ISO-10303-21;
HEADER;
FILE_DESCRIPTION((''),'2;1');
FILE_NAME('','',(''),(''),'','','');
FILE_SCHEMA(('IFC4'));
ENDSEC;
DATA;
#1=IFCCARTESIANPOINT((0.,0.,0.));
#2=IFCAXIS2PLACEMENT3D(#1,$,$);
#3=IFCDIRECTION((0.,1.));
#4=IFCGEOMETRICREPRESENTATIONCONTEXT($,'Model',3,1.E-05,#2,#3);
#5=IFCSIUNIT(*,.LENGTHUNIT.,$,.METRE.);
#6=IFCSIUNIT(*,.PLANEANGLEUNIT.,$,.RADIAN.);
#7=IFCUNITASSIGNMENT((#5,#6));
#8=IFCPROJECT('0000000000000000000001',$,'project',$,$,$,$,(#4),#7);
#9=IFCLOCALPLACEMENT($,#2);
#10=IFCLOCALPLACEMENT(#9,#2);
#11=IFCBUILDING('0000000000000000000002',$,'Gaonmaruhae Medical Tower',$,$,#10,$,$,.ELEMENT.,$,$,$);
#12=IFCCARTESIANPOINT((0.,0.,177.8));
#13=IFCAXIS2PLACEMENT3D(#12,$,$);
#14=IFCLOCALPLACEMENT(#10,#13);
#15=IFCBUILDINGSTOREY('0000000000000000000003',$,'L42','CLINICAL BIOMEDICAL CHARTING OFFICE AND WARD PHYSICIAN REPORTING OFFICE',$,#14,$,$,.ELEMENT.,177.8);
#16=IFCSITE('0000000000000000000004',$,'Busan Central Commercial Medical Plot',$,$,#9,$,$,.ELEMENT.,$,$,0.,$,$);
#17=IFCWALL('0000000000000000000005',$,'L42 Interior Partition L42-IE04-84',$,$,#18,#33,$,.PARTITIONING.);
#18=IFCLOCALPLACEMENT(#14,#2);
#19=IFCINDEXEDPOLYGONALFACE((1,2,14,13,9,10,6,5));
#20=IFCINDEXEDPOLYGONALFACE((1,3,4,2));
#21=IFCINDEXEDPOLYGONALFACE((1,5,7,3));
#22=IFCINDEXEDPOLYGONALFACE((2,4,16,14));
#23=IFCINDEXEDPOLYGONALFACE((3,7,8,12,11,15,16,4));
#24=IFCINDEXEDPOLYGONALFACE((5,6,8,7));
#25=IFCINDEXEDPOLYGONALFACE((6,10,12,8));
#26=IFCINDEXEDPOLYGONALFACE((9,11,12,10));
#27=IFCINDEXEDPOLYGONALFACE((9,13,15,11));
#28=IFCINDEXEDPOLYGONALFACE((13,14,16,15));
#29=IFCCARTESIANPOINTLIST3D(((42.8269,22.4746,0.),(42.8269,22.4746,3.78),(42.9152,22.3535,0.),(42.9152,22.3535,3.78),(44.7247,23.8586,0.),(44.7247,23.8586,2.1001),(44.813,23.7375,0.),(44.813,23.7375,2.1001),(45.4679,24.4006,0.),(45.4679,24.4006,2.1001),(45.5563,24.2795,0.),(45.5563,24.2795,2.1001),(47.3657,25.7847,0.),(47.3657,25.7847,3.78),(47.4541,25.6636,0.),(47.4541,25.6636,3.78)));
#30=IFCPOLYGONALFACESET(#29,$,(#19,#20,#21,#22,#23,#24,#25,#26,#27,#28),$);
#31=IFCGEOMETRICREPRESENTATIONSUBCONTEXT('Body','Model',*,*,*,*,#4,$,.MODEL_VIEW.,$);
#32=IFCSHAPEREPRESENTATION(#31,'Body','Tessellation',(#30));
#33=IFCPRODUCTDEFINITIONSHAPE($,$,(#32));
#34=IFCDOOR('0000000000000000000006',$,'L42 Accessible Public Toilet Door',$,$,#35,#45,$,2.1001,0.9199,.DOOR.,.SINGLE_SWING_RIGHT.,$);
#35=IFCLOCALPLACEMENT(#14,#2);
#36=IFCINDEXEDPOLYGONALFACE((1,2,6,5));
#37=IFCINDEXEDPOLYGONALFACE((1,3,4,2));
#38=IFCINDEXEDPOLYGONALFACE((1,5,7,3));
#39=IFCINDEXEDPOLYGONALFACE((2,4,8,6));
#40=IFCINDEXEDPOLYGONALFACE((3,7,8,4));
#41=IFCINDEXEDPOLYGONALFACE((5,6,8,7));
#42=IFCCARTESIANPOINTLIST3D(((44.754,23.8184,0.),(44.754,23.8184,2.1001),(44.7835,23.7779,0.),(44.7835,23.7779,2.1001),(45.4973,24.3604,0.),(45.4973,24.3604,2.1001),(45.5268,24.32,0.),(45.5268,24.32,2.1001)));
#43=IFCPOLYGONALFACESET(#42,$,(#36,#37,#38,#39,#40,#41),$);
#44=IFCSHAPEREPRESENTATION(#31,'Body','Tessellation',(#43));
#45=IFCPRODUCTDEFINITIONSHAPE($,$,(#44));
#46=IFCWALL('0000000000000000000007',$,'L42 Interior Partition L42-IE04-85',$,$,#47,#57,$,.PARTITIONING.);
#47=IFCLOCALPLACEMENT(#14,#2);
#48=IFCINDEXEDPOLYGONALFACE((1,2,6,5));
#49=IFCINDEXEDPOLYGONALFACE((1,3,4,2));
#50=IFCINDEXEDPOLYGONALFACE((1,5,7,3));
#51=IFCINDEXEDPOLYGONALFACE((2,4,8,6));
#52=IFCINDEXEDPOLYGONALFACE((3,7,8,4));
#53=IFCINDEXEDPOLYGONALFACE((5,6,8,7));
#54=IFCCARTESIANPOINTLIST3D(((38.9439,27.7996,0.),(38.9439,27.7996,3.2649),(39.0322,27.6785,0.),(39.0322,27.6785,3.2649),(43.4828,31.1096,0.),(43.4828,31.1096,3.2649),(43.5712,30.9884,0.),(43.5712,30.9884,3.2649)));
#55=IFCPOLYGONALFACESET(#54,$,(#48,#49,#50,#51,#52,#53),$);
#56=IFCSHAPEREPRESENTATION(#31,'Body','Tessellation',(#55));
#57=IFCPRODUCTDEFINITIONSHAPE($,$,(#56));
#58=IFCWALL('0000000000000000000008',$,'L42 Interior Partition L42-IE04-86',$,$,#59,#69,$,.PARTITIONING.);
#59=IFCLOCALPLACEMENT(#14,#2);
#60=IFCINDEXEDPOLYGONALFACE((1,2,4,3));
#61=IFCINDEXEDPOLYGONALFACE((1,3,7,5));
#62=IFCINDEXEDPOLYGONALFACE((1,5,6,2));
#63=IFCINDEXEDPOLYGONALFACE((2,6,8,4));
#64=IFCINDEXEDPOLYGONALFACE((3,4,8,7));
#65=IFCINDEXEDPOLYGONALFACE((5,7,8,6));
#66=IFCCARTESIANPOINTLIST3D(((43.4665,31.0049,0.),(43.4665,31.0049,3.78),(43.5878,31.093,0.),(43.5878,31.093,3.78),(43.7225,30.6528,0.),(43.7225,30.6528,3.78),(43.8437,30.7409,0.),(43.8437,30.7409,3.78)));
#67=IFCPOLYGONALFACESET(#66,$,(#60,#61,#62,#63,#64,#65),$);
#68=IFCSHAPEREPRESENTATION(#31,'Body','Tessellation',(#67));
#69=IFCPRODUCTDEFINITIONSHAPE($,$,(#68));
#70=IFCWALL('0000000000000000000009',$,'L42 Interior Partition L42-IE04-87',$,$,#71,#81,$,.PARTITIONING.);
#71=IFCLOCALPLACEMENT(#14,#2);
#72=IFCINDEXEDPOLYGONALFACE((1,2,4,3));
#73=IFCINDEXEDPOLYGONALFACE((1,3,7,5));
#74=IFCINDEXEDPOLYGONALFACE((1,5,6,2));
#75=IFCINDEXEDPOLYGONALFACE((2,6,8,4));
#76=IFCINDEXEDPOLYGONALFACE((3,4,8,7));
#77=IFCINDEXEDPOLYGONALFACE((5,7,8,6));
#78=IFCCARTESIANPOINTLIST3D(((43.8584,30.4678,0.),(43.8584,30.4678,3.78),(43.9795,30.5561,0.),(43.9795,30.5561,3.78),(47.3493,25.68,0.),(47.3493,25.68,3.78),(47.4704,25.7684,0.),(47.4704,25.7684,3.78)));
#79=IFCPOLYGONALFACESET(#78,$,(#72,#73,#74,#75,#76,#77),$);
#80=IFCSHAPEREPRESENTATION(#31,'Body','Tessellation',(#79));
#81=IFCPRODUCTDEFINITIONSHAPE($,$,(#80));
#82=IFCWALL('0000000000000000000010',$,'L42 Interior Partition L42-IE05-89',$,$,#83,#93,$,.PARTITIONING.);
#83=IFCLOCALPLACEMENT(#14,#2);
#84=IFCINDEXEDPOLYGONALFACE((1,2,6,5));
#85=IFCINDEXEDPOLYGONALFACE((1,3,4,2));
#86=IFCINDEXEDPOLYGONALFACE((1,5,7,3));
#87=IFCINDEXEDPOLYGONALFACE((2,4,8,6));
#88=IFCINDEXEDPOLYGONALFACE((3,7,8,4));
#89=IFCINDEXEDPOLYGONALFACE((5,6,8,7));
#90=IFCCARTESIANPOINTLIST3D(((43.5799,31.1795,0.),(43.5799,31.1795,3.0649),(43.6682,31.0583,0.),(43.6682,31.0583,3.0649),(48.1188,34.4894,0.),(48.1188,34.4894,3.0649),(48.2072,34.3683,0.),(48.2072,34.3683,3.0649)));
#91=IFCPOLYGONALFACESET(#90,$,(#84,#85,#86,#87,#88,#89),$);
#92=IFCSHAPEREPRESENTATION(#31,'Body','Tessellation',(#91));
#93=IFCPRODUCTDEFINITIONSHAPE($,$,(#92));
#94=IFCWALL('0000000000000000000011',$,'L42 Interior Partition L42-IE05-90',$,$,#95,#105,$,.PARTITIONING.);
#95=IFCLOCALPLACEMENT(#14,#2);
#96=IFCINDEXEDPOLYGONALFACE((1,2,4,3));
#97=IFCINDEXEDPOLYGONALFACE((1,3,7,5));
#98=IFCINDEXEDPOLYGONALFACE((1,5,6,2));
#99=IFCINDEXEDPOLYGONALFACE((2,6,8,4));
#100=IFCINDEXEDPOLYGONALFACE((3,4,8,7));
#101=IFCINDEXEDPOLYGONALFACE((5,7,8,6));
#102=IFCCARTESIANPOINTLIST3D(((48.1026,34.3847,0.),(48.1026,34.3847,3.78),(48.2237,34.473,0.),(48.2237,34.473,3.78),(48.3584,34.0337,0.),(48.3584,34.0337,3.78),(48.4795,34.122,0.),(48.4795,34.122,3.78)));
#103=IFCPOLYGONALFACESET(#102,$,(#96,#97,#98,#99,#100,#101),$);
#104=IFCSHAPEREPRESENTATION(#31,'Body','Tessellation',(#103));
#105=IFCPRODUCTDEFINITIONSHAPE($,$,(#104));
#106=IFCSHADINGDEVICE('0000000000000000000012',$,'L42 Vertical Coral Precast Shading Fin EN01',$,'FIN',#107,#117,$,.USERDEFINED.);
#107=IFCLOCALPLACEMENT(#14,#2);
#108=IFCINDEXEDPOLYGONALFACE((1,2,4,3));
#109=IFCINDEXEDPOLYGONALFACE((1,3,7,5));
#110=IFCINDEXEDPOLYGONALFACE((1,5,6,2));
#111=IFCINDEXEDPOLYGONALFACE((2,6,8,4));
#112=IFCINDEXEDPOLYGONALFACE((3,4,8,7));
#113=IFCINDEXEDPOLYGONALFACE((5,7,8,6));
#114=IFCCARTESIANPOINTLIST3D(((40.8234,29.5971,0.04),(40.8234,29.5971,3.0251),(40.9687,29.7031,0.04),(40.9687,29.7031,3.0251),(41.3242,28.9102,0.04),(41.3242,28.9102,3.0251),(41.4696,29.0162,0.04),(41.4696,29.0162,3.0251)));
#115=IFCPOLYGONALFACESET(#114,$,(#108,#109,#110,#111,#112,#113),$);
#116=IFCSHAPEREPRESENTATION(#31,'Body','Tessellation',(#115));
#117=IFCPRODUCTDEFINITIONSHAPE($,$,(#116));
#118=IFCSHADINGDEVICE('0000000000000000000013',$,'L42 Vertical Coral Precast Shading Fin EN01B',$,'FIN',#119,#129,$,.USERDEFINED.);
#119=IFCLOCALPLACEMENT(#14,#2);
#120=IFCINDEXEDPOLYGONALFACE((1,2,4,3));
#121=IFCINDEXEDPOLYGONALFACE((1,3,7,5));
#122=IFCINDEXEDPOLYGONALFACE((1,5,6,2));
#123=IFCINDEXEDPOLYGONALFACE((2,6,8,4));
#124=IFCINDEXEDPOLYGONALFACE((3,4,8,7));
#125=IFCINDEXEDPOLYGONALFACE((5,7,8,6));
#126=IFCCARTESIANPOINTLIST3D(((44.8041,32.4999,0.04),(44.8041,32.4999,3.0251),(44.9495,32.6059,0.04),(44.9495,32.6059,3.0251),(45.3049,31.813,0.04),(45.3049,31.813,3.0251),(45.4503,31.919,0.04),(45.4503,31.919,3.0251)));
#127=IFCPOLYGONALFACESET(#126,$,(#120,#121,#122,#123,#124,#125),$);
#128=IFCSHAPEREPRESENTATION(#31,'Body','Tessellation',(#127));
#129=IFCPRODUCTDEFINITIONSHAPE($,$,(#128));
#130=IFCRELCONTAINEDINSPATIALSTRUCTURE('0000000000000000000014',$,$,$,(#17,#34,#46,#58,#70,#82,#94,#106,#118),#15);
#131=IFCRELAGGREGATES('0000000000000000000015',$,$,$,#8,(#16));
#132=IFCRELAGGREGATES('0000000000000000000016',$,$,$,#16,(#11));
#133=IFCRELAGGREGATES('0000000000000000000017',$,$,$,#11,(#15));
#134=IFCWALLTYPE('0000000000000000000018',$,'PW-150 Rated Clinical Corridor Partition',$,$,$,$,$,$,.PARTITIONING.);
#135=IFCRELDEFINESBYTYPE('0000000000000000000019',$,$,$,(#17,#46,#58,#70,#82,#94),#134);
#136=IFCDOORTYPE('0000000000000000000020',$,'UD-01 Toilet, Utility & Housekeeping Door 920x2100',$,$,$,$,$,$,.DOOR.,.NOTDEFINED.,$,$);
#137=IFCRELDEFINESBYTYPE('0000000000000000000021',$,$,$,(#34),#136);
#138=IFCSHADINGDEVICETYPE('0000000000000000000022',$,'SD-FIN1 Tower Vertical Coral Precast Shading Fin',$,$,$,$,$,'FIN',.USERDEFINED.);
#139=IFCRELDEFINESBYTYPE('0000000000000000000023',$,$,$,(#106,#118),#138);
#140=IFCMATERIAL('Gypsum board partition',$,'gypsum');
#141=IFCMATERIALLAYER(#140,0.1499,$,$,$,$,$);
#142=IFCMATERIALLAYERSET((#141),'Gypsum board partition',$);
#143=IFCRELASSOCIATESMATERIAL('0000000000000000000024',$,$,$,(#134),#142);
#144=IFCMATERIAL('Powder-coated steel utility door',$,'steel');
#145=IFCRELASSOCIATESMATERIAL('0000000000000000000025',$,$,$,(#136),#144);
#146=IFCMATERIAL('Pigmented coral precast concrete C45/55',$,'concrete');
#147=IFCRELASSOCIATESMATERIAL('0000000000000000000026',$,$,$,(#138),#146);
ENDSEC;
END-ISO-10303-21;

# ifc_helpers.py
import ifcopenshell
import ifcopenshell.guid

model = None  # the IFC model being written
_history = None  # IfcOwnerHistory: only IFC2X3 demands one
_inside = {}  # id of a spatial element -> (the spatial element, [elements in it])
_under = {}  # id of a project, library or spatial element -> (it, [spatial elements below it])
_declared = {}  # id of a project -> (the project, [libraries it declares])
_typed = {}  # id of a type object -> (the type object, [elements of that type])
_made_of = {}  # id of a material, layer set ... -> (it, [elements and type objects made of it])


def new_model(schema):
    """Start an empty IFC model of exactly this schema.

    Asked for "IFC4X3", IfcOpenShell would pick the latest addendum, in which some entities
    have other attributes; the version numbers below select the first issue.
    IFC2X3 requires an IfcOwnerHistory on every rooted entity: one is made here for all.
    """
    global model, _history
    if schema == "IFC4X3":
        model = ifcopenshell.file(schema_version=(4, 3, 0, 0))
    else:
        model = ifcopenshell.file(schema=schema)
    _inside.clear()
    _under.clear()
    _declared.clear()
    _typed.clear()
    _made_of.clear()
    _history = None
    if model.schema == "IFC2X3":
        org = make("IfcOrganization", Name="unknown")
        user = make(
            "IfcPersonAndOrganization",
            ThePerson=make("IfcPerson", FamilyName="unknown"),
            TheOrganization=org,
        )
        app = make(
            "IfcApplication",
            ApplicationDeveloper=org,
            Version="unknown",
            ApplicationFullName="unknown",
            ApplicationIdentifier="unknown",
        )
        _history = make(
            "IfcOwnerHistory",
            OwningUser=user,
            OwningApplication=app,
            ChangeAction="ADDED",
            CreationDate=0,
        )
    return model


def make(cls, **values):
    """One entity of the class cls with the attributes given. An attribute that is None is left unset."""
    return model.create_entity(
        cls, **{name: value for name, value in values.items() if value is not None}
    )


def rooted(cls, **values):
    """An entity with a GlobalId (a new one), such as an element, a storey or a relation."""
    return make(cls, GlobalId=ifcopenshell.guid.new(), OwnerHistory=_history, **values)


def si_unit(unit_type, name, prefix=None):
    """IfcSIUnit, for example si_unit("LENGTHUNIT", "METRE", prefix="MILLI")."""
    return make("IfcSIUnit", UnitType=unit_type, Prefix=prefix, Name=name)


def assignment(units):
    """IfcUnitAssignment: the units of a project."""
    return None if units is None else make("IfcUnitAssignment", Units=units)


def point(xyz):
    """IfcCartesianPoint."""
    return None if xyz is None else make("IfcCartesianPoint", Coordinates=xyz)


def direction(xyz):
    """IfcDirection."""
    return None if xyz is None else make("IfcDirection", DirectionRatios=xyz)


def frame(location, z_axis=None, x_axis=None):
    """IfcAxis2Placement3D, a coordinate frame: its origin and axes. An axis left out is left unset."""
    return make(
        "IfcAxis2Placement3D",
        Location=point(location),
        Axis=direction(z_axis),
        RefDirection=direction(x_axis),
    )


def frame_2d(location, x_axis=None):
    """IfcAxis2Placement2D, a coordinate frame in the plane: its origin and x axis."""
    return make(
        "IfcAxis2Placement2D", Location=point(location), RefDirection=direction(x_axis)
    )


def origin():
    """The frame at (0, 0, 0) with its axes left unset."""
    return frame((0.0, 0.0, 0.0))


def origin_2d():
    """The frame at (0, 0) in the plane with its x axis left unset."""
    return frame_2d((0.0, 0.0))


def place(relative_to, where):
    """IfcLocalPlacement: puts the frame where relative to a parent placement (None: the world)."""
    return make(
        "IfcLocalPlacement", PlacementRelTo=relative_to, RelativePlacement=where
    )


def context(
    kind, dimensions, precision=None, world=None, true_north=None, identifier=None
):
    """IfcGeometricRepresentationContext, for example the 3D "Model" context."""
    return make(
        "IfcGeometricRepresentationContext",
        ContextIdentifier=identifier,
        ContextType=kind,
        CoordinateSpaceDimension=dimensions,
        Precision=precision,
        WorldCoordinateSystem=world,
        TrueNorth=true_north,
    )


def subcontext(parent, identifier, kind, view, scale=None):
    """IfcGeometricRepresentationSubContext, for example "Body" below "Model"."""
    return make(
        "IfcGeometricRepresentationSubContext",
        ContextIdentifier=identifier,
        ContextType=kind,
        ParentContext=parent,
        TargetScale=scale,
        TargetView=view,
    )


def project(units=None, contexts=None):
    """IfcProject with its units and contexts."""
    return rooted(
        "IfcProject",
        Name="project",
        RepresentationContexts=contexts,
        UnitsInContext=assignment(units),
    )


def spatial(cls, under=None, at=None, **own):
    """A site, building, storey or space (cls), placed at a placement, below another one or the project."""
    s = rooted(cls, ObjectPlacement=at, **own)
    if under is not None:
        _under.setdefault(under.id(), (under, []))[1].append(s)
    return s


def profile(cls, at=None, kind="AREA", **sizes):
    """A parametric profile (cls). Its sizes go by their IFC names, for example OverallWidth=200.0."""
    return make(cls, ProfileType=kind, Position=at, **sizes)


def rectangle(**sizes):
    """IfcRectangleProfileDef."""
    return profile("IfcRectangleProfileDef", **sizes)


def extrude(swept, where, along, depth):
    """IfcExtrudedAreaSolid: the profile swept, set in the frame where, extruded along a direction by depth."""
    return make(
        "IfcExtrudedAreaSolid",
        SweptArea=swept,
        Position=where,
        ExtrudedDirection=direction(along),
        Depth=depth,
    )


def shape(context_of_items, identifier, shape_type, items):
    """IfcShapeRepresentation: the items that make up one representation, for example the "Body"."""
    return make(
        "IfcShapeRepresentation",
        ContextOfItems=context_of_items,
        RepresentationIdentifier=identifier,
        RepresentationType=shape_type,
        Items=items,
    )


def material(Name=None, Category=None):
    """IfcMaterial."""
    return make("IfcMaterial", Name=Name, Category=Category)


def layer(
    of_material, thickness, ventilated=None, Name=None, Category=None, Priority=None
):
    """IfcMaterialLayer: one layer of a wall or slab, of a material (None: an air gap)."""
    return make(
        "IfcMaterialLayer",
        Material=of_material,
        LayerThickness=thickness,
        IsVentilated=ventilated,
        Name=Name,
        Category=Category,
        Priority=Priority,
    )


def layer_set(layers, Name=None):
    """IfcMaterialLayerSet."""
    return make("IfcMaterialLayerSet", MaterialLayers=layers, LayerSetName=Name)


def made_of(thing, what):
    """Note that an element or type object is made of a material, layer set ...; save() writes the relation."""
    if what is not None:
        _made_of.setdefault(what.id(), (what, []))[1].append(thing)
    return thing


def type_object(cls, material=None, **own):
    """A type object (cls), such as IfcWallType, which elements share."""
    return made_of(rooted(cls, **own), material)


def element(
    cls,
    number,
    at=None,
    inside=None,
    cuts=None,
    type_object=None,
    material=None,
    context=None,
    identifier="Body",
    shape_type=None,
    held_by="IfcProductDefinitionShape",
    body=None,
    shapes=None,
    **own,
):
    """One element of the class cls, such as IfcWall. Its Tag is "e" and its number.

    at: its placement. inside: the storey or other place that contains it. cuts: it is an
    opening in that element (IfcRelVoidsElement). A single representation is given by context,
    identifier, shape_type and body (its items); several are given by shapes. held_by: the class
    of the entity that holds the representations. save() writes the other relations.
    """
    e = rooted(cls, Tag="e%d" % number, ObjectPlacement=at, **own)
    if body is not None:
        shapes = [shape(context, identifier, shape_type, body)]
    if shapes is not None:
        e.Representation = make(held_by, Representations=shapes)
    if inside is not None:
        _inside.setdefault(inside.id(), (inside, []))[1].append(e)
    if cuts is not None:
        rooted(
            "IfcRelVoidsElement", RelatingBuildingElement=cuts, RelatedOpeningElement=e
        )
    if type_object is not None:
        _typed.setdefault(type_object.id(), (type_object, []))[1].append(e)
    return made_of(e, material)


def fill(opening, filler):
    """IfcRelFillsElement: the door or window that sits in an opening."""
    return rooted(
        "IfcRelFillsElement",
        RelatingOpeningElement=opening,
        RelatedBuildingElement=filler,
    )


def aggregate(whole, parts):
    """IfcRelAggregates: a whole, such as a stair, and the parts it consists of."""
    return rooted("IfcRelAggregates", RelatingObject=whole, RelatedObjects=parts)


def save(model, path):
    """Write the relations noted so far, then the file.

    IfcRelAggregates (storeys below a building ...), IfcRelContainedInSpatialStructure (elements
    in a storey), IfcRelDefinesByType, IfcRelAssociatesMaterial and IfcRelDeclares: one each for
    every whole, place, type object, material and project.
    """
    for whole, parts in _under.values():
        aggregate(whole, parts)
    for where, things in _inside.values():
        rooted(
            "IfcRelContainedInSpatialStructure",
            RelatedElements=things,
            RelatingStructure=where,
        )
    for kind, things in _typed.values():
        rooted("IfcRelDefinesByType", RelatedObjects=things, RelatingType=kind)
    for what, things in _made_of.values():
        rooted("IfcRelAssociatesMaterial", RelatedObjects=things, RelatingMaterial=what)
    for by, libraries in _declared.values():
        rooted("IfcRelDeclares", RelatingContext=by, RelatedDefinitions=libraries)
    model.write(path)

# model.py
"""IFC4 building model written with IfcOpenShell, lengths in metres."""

from ifc_helpers import new_model, si_unit, direction, frame, frame_2d, origin, origin_2d, place, context, subcontext, project, spatial, rectangle, extrude, material, layer, layer_set, type_object, element, fill, save


model = new_model("IFC4")

# Units and contexts
model_context = context("Model", 3, precision=1e-05, world=origin(), true_north=direction((0.0, 1.0)))
body_context = subcontext(model_context, "Body", "Model", "MODEL_VIEW")
ifc_project = project(units=[si_unit("LENGTHUNIT", "METRE"), si_unit("PLANEANGLEUNIT", "RADIAN")], contexts=[model_context])

# Site, building, storey
site_placement = place(None, origin())
site = spatial("IfcSite", under=ifc_project, at=site_placement, Name="Busan Central Commercial Medical Plot", CompositionType="ELEMENT", RefElevation=0.0)
building_placement = place(site_placement, origin())
building = spatial("IfcBuilding", under=site, at=building_placement, Name="Gaonmaruhae Medical Tower", CompositionType="ELEMENT")
storey_placement = place(building_placement, frame((0.0, 0.0, 177.8)))
storey = spatial("IfcBuildingStorey", under=building, at=storey_placement, Name="L42", Description="CLINICAL BIOMEDICAL CHARTING OFFICE AND WARD PHYSICIAN REPORTING OFFICE", CompositionType="ELEMENT", Elevation=177.8)

# Shared definitions
ifc_material_1 = material(Name="Gypsum board partition", Category="gypsum")
ifc_layer_1 = layer(ifc_material_1, 0.1499)
ifc_layer_set_1 = layer_set([ifc_layer_1], Name="Gypsum board partition")
wall_type_1 = type_object("IfcWallType", Name="PW-150 Rated Clinical Corridor Partition", PredefinedType="PARTITIONING", material=ifc_layer_set_1)

# Wall, opening, door
wall_1_placement = place(storey_placement, frame((47.4099, 25.7241, 0.0), z_axis=(0.0, 0.0, 1.0), x_axis=(-0.807965, -0.589231, 0.0)))
wall_1 = element("IfcWall", 1, at=wall_1_placement, inside=storey, type_object=wall_type_1, Name="L42 Interior Partition L42-IE04-84", PredefinedType="PARTITIONING", context=body_context, shape_type="SweptSolid", body=[
    extrude(rectangle(XDim=5.6177, YDim=0.1499, at=frame_2d((2.8088, 0.0))), origin(), (0.0, 0.0, 1.0), 3.78),
])
opening_1_placement = place(wall_1_placement, frame((2.3489, 0.0, 0.0)))
opening_1 = element("IfcOpeningElement", 2, at=opening_1_placement, cuts=wall_1, PredefinedType="OPENING", context=body_context, shape_type="SweptSolid", body=[
    extrude(rectangle(XDim=0.9199, YDim=2.1001, at=frame_2d((0.46, 1.05))), frame((0.0, 0.085, 0.0), z_axis=(0.0, -1.0, 0.0), x_axis=(1.0, 0.0, 0.0)), (0.0, 0.0, 1.0), 0.1699),
])
ifc_material_2 = material(Name="Powder-coated steel utility door", Category="steel")
door_type_1 = type_object("IfcDoorType", Name="UD-01 Toilet, Utility & Housekeeping Door 920x2100", OperationType="NOTDEFINED", PredefinedType="DOOR", material=ifc_material_2)
door_1_placement = place(opening_1_placement, origin())
door_1 = element("IfcDoor", 3, at=door_1_placement, inside=storey, type_object=door_type_1, Name="L42 Accessible Public Toilet Door", OperationType="SINGLE_SWING_RIGHT", OverallHeight=2.1001, OverallWidth=0.9199, PredefinedType="DOOR", context=body_context, shape_type="SweptSolid", body=[
    extrude(rectangle(XDim=0.9199, YDim=2.1001, at=frame_2d((0.46, 1.05))), frame((0.0, 0.0249, 0.0), z_axis=(0.0, -1.0, 0.0), x_axis=(1.0, 0.0, 0.0)), (0.0, 0.0, 1.0), 0.05),
])
fill(opening_1, door_1)

# Walls
wall_2_placement = place(storey_placement, frame((38.988, 27.739, 0.0), z_axis=(0.0, 0.0, 1.0), x_axis=(0.80798, 0.58921, 0.0)))
element("IfcWall", 4, at=wall_2_placement, inside=storey, type_object=wall_type_1, Name="L42 Interior Partition L42-IE04-85", PredefinedType="PARTITIONING", context=body_context, shape_type="SweptSolid", body=[
    extrude(rectangle(XDim=5.6177, YDim=0.1499, at=frame_2d((2.8088, 0.0))), origin(), (0.0, 0.0, 1.0), 3.2649),
])
wall_3_placement = place(storey_placement, frame((43.5271, 31.0491, 0.0), z_axis=(0.0, 0.0, 1.0), x_axis=(0.587905, -0.80893, 0.0)))
element("IfcWall", 5, at=wall_3_placement, inside=storey, type_object=wall_type_1, Name="L42 Interior Partition L42-IE04-86", PredefinedType="PARTITIONING", context=body_context, shape_type="SweptSolid", body=[
    extrude(rectangle(XDim=0.4353, YDim=0.1499, at=frame_2d((0.2178, 0.0))), origin(), (0.0, 0.0, 1.0), 3.78),
])
wall_4_placement = place(storey_placement, frame((43.9189, 30.512, 0.0), z_axis=(0.0, 0.0, 1.0), x_axis=(0.589154, -0.808021, 0.0)))
element("IfcWall", 6, at=wall_4_placement, inside=storey, type_object=wall_type_1, Name="L42 Interior Partition L42-IE04-87", PredefinedType="PARTITIONING", context=body_context, shape_type="SweptSolid", body=[
    extrude(rectangle(XDim=5.9253, YDim=0.1499, at=frame_2d((2.9626, 0.0))), origin(), (0.0, 0.0, 1.0), 3.78),
])
wall_5_placement = place(storey_placement, frame((43.624, 31.1189, 0.0), z_axis=(0.0, 0.0, 1.0), x_axis=(0.80798, 0.58921, 0.0)))
element("IfcWall", 7, at=wall_5_placement, inside=storey, type_object=wall_type_1, Name="L42 Interior Partition L42-IE05-89", PredefinedType="PARTITIONING", context=body_context, shape_type="SweptSolid", body=[
    extrude(rectangle(XDim=5.6177, YDim=0.1499, at=frame_2d((2.8088, 0.0))), origin(), (0.0, 0.0, 1.0), 3.0649),
])
wall_6_placement = place(storey_placement, frame((48.1631, 34.429, 0.0), z_axis=(0.0, 0.0, 1.0), x_axis=(0.588973, -0.808152, 0.0)))
element("IfcWall", 8, at=wall_6_placement, inside=storey, type_object=wall_type_1, Name="L42 Interior Partition L42-IE05-90", PredefinedType="PARTITIONING", context=body_context, shape_type="SweptSolid", body=[
    extrude(rectangle(XDim=0.4343, YDim=0.1499, at=frame_2d((0.2173, 0.0))), origin(), (0.0, 0.0, 1.0), 3.78),
])

# Shading devices
ifc_material_3 = material(Name="Pigmented coral precast concrete C45/55", Category="concrete")
shading_device_type = type_object("IfcShadingDeviceType", Name="SD-FIN1 Tower Vertical Coral Precast Shading Fin", ElementType="FIN", PredefinedType="USERDEFINED", material=ifc_material_3)
for number, where, z_axis, x_axis, name in (
    (9, (41.1465, 29.3066, 0.04), (0.0, 0.0, 1.0), (0.808, 0.589182, 0.0), "L42 Vertical Coral Precast Shading Fin EN01"),
    (10, (45.1272, 32.2095, 0.04), (0.0, 0.0, 1.0), (0.808, 0.589182, 0.0), "L42 Vertical Coral Precast Shading Fin EN01B"),
):
    element("IfcShadingDevice", number, at=place(storey_placement, frame(where, z_axis=z_axis, x_axis=x_axis)), inside=storey, type_object=shading_device_type, Name=name, ObjectType="FIN", PredefinedType="USERDEFINED", context=body_context, shape_type="SweptSolid", body=[
        extrude(rectangle(XDim=0.1799, YDim=0.8501, at=origin_2d()), origin(), (0.0, 0.0, 1.0), 2.9851),
    ])

save(model, "model.ifc")
